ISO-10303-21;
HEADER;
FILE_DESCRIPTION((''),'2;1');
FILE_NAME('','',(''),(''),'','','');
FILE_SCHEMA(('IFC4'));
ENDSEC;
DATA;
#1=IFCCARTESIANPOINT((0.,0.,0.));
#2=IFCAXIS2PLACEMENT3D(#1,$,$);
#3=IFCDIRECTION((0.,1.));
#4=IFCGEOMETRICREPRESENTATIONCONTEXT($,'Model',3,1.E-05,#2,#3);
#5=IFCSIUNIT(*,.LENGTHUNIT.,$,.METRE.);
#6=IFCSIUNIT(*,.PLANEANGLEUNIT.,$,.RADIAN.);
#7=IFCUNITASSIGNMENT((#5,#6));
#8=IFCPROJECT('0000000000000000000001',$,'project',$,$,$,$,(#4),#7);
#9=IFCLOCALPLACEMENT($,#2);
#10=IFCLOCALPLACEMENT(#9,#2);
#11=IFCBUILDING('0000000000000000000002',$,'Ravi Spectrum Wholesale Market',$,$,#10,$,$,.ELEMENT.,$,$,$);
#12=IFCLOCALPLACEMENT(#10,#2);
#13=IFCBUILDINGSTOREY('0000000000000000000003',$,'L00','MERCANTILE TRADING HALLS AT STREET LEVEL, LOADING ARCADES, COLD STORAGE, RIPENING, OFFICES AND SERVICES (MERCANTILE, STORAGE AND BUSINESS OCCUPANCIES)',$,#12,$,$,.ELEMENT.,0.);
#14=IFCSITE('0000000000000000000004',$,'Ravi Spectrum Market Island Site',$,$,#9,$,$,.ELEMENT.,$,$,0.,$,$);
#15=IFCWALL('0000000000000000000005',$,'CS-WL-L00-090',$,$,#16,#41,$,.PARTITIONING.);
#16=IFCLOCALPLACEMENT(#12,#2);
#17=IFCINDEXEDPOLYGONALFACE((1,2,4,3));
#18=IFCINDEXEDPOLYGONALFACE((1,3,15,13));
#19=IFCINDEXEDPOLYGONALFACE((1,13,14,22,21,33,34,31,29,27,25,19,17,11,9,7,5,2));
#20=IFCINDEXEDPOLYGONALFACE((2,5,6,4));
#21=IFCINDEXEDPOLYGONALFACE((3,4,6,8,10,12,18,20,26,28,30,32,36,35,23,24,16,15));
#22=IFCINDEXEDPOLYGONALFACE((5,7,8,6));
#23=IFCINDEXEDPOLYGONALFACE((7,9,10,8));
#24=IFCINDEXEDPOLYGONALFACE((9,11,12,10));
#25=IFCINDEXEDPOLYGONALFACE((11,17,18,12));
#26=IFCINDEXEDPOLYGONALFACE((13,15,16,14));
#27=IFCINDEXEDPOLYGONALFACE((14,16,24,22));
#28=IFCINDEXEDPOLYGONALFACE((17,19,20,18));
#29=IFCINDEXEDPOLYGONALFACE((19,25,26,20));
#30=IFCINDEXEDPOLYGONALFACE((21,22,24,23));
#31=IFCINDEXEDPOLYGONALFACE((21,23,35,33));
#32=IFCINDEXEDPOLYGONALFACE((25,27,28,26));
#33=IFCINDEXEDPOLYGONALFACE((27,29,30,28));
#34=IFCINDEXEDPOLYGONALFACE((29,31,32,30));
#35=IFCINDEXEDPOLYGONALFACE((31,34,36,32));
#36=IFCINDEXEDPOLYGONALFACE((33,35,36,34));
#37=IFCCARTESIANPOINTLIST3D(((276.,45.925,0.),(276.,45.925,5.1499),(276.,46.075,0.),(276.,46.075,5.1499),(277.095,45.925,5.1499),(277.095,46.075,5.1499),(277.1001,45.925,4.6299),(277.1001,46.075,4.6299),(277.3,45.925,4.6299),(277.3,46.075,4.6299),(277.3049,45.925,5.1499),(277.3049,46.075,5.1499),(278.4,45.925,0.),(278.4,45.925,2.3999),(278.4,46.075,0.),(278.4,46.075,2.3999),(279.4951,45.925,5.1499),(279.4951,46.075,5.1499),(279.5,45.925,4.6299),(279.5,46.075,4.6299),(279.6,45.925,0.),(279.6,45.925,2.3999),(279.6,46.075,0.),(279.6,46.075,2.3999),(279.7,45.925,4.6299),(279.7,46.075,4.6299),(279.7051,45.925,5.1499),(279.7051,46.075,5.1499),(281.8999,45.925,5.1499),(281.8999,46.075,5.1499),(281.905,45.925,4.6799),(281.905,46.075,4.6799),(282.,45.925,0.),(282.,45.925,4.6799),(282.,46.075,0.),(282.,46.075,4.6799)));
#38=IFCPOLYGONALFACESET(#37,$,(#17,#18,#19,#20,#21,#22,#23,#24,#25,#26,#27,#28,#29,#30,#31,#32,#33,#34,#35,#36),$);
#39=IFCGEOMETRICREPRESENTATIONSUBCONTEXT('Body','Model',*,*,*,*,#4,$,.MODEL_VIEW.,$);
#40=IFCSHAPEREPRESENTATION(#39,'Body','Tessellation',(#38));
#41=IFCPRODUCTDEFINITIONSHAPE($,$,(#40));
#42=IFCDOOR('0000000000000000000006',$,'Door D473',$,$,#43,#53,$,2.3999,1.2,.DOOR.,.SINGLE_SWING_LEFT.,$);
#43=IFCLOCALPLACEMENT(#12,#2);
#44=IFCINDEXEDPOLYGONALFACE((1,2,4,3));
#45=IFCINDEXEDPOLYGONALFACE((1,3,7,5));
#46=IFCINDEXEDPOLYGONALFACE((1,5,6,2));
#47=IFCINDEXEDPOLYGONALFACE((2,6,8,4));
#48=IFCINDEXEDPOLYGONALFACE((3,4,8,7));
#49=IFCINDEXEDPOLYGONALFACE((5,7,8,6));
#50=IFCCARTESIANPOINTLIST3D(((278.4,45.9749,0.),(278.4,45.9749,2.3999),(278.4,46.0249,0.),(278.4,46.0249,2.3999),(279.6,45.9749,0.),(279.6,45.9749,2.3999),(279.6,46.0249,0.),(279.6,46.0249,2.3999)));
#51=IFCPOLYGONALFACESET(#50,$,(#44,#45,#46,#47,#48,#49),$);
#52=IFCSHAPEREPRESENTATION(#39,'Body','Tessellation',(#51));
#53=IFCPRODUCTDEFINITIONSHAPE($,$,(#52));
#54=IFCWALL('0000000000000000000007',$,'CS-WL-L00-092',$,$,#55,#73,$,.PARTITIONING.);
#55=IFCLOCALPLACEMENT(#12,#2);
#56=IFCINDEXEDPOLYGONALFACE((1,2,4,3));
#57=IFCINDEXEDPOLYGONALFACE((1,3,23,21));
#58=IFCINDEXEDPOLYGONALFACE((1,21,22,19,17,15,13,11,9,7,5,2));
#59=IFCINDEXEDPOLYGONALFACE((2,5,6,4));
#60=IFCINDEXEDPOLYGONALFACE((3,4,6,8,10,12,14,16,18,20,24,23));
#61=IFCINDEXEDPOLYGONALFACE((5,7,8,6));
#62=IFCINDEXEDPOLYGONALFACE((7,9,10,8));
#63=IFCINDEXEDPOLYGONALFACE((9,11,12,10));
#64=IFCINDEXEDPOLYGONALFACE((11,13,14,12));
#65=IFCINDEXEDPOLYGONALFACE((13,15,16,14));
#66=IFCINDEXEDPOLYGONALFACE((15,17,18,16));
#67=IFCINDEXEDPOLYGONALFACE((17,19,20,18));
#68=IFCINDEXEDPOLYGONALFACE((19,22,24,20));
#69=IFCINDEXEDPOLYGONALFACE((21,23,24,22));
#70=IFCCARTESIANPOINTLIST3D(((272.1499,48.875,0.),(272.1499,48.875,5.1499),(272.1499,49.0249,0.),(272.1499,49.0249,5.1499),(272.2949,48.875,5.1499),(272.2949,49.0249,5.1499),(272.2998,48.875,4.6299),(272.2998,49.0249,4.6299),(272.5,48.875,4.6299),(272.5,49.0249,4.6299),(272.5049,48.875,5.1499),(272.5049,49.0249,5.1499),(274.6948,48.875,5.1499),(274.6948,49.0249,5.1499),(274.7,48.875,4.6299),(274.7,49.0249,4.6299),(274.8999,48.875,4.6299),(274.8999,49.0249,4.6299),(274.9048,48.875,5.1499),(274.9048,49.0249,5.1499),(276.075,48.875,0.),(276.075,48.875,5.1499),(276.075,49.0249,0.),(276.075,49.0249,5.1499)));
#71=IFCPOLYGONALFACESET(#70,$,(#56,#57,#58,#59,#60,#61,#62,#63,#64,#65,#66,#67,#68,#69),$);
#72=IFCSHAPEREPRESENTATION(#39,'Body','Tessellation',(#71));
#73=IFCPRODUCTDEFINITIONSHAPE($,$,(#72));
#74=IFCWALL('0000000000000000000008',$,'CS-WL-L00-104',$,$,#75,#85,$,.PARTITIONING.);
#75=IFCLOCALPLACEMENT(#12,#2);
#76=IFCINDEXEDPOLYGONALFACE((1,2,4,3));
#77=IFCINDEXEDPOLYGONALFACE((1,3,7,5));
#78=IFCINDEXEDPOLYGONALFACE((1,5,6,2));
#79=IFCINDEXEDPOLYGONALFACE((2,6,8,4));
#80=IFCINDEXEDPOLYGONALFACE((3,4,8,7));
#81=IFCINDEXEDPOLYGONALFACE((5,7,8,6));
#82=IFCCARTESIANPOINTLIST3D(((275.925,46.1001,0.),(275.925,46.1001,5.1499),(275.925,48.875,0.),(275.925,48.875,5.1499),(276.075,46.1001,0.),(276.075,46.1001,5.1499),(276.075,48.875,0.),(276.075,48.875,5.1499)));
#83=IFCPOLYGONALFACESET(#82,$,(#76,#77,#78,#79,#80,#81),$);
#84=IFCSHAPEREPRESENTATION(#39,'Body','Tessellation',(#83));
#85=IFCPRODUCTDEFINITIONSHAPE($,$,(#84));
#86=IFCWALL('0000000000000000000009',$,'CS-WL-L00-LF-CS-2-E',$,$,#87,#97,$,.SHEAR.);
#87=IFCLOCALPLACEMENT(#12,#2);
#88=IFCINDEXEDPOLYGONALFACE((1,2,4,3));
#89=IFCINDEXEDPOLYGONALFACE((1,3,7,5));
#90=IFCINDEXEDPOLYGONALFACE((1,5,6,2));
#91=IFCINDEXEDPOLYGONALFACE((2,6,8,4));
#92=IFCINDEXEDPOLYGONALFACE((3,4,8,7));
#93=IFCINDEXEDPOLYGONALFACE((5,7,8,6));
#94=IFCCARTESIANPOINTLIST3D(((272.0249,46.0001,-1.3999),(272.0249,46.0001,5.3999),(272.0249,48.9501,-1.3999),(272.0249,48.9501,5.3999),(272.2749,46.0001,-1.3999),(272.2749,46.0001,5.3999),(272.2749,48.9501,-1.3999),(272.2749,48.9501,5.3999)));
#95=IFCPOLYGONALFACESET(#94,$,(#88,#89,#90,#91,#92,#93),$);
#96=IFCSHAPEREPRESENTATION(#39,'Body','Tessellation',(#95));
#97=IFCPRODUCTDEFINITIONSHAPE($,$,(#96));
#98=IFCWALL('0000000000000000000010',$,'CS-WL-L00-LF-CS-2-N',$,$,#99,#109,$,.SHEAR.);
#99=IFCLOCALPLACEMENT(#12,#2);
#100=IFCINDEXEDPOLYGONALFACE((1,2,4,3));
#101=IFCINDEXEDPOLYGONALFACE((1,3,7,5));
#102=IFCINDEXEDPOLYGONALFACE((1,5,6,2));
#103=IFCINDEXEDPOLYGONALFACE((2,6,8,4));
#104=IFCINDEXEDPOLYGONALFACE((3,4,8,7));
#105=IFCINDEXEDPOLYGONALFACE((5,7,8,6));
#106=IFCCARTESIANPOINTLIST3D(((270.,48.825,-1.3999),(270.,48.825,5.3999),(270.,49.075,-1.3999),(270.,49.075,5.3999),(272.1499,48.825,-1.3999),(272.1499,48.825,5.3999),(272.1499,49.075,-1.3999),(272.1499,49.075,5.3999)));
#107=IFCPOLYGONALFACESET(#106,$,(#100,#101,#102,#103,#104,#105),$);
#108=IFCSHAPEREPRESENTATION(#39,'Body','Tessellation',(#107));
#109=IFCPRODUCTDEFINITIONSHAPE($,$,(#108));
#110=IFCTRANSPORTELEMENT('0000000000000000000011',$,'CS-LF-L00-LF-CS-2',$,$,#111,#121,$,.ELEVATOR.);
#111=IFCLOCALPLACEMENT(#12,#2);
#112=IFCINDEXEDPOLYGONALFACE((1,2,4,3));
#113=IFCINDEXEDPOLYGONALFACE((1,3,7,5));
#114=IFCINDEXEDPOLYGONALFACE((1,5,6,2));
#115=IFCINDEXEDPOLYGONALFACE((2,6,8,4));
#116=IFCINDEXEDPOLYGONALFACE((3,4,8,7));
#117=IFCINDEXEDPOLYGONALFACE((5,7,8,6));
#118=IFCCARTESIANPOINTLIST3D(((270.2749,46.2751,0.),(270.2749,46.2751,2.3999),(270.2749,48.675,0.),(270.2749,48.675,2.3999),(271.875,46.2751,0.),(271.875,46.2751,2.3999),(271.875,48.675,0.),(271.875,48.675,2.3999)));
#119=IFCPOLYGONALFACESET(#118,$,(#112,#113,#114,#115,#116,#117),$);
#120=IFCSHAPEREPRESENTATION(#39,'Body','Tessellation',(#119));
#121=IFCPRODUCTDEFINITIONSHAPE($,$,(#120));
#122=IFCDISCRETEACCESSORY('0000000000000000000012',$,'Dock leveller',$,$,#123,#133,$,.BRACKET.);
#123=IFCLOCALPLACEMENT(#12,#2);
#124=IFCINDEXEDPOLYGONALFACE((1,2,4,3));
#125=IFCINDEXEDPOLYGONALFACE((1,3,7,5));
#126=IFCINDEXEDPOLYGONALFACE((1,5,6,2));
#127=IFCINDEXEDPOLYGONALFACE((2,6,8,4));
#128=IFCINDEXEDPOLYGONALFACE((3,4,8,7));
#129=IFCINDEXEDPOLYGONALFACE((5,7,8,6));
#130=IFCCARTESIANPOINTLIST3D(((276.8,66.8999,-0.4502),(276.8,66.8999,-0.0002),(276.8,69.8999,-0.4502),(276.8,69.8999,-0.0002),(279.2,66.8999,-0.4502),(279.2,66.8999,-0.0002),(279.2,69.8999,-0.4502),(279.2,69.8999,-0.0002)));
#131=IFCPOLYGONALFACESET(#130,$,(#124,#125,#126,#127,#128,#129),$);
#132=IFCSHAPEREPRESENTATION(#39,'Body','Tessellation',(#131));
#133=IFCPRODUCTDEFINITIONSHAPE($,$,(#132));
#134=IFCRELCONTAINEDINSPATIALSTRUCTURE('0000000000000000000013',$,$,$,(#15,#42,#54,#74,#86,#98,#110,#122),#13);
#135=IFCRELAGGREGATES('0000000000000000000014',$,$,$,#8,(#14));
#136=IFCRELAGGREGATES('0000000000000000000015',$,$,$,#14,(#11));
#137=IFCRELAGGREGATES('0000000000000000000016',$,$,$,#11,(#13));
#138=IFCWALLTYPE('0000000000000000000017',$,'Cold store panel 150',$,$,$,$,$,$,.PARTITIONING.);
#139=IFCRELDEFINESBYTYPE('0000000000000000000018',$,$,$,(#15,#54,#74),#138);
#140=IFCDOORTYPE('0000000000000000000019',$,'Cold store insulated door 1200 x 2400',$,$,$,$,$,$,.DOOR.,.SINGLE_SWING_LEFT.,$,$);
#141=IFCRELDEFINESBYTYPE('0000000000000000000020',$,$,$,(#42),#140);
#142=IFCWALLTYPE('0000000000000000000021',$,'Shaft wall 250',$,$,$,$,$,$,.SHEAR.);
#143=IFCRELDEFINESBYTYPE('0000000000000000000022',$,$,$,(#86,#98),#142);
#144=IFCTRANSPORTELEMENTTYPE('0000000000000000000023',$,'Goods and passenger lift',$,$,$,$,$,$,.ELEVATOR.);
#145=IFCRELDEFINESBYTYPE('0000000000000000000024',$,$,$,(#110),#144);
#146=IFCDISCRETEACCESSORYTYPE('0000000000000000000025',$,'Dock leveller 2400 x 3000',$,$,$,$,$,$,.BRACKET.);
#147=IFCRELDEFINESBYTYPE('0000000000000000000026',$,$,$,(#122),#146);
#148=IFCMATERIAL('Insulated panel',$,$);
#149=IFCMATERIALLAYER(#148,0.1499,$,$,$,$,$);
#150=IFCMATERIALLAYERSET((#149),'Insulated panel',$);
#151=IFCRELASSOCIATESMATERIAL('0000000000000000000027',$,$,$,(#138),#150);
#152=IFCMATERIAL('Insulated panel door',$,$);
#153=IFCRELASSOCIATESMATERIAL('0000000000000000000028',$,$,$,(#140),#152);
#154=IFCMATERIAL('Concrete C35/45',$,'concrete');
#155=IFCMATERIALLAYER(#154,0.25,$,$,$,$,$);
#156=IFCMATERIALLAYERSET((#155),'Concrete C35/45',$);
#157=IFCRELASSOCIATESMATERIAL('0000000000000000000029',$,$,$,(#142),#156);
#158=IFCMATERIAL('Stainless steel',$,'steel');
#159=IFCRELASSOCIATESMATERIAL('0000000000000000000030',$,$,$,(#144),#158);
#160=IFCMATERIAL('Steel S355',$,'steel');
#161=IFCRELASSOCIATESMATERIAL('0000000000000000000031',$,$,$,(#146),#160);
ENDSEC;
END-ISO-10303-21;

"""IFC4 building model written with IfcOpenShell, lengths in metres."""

from ifc_helpers import new_model, si_unit, direction, frame, frame_2d, origin, origin_2d, place, context, subcontext, project, spatial, polyline, rectangle, outline, extrude, material, layer, layer_set, type_object, element, fill, save


model = new_model("IFC4")

# Units and contexts
model_context = context("Model", 3, precision=1e-05, world=origin(), true_north=direction((0.0, 1.0)))
body_context = subcontext(model_context, "Body", "Model", "MODEL_VIEW")
ifc_project = project(units=[si_unit("LENGTHUNIT", "METRE"), si_unit("PLANEANGLEUNIT", "RADIAN")], contexts=[model_context])

# Site, building, storey
site_placement = place(None, origin())
site = spatial("IfcSite", under=ifc_project, at=site_placement, Name="Ravi Spectrum Market Island Site", CompositionType="ELEMENT", RefElevation=0.0)
building_placement = place(site_placement, origin())
building = spatial("IfcBuilding", under=site, at=building_placement, Name="Ravi Spectrum Wholesale Market", CompositionType="ELEMENT")
storey_placement = place(building_placement, origin())
storey = spatial("IfcBuildingStorey", under=building, at=storey_placement, Name="L00", Description="MERCANTILE TRADING HALLS AT STREET LEVEL, LOADING ARCADES, COLD STORAGE, RIPENING, OFFICES AND SERVICES (MERCANTILE, STORAGE AND BUSINESS OCCUPANCIES)", CompositionType="ELEMENT", Elevation=0.0)

# Wall, opening, door
ifc_material_1 = material(Name="Insulated panel")
ifc_layer_1 = layer(ifc_material_1, 0.1499)
ifc_layer_set_1 = layer_set([ifc_layer_1], Name="Insulated panel")
wall_type_1 = type_object("IfcWallType", Name="Cold store panel 150", PredefinedType="PARTITIONING", material=ifc_layer_set_1)
wall_1_placement = place(storey_placement, frame((276.0, 46.0, 0.0), z_axis=(0.0, 0.0, 1.0), x_axis=(1.0, 0.0, 0.0)))
wall_1 = element("IfcWall", 1, at=wall_1_placement, inside=storey, type_object=wall_type_1, Name="CS-WL-L00-090", PredefinedType="PARTITIONING", context=body_context, shape_type="SweptSolid", body=[
    extrude(outline(polyline([(0.0, 0.0), (6.0, 0.0), (6.0, 4.6799), (5.905, 4.6799), (5.8999, 5.1499), (3.7051, 5.1499), (3.7, 4.6299), (3.5, 4.6299), (3.4951, 5.1499), (1.3049, 5.1499), (1.3, 4.6299), (1.1001, 4.6299), (1.095, 5.1499), (0.0, 5.1499), (0.0, 0.0)])), frame((0.0, 0.075, 0.0), z_axis=(0.0, -1.0, 0.0), x_axis=(1.0, 0.0, 0.0)), (0.0, 0.0, 1.0), 0.1499),
])
opening_1_placement = place(wall_1_placement, frame((2.3999, 0.0, 0.0)))
opening_1 = element("IfcOpeningElement", 2, at=opening_1_placement, cuts=wall_1, PredefinedType="OPENING", context=body_context, shape_type="SweptSolid", body=[
    extrude(rectangle(XDim=1.2, YDim=2.3999, at=frame_2d((0.6001, 1.2))), frame((0.0, 0.085, 0.0), z_axis=(0.0, -1.0, 0.0), x_axis=(1.0, 0.0, 0.0)), (0.0, 0.0, 1.0), 0.1699),
])
ifc_material_2 = material(Name="Insulated panel door")
door_type_1 = type_object("IfcDoorType", Name="Cold store insulated door 1200 x 2400", OperationType="SINGLE_SWING_LEFT", PredefinedType="DOOR", material=ifc_material_2)
door_1_placement = place(opening_1_placement, origin())
door_1 = element("IfcDoor", 3, at=door_1_placement, inside=storey, type_object=door_type_1, Name="Door D473", OperationType="SINGLE_SWING_LEFT", OverallHeight=2.3999, OverallWidth=1.2, PredefinedType="DOOR", context=body_context, shape_type="SweptSolid", body=[
    extrude(rectangle(XDim=1.2, YDim=2.3999, at=frame_2d((0.6001, 1.2))), frame((0.0, 0.0249, 0.0), z_axis=(0.0, -1.0, 0.0), x_axis=(1.0, 0.0, 0.0)), (0.0, 0.0, 1.0), 0.05),
])
fill(opening_1, door_1)

# Walls
wall_2_placement = place(storey_placement, frame((272.1499, 48.95, 0.0), z_axis=(0.0, 0.0, 1.0), x_axis=(1.0, 0.0, 0.0)))
element("IfcWall", 4, at=wall_2_placement, inside=storey, type_object=wall_type_1, Name="CS-WL-L00-092", PredefinedType="PARTITIONING", context=body_context, shape_type="SweptSolid", body=[
    extrude(outline(polyline([(0.0, 0.0), (3.925, 0.0), (3.925, 5.1499), (2.7549, 5.1499), (2.75, 4.6299), (2.55, 4.6299), (2.5449, 5.1499), (0.355, 5.1499), (0.3501, 4.6299), (0.1499, 4.6299), (0.145, 5.1499), (0.0, 5.1499), (0.0, 0.0)])), frame((0.0, 0.075, 0.0), z_axis=(0.0, -1.0, 0.0), x_axis=(1.0, 0.0, 0.0)), (0.0, 0.0, 1.0), 0.1499),
])
wall_3_placement = place(storey_placement, frame((276.0, 46.1001, 0.0), z_axis=(0.0, 0.0, 1.0), x_axis=(0.0, 1.0, 0.0)))
element("IfcWall", 5, at=wall_3_placement, inside=storey, type_object=wall_type_1, Name="CS-WL-L00-104", PredefinedType="PARTITIONING", context=body_context, shape_type="SweptSolid", body=[
    extrude(rectangle(XDim=2.7749, YDim=0.1499, at=frame_2d((1.3875, 0.0))), origin(), (0.0, 0.0, 1.0), 5.1499),
])
ifc_material_3 = material(Name="Concrete C35/45", Category="concrete")
ifc_layer_2 = layer(ifc_material_3, 0.25)
ifc_layer_set_2 = layer_set([ifc_layer_2], Name="Concrete C35/45")
wall_type_2 = type_object("IfcWallType", Name="Shaft wall 250", PredefinedType="SHEAR", material=ifc_layer_set_2)
wall_4_placement = place(storey_placement, frame((272.1499, 46.0, -1.3999), z_axis=(0.0, 0.0, 1.0), x_axis=(0.0, 1.0, 0.0)))
element("IfcWall", 6, at=wall_4_placement, inside=storey, type_object=wall_type_2, Name="CS-WL-L00-LF-CS-2-E", PredefinedType="SHEAR", context=body_context, shape_type="SweptSolid", body=[
    extrude(rectangle(XDim=2.95, YDim=0.25, at=frame_2d((1.4751, 0.0))), origin(), (0.0, 0.0, 1.0), 6.7998),
])
wall_5_placement = place(storey_placement, frame((272.1499, 48.95, -1.3999), z_axis=(0.0, 0.0, 1.0), x_axis=(-1.0, 0.0, 0.0)))
element("IfcWall", 7, at=wall_5_placement, inside=storey, type_object=wall_type_2, Name="CS-WL-L00-LF-CS-2-N", PredefinedType="SHEAR", context=body_context, shape_type="SweptSolid", body=[
    extrude(rectangle(XDim=2.1499, YDim=0.25, at=frame_2d((1.075, 0.0))), origin(), (0.0, 0.0, 1.0), 6.7998),
])

# Transport element
ifc_material_4 = material(Name="Stainless steel", Category="steel")
transport_element_type = type_object("IfcTransportElementType", Name="Goods and passenger lift", PredefinedType="ELEVATOR", material=ifc_material_4)
transport_element_placement = place(storey_placement, frame((271.075, 47.4751, 0.0), z_axis=(0.0, 0.0, 1.0), x_axis=(1.0, 0.0, 0.0)))
element("IfcTransportElement", 8, at=transport_element_placement, inside=storey, type_object=transport_element_type, Name="CS-LF-L00-LF-CS-2", PredefinedType="ELEVATOR", context=body_context, shape_type="SweptSolid", body=[
    extrude(rectangle(XDim=1.6001, YDim=2.3999, at=origin_2d()), origin(), (0.0, 0.0, 1.0), 2.3999),
])

# Discrete accessory
ifc_material_5 = material(Name="Steel S355", Category="steel")
discrete_accessory_type = type_object("IfcDiscreteAccessoryType", Name="Dock leveller 2400 x 3000", PredefinedType="BRACKET", material=ifc_material_5)
discrete_accessory_placement = place(storey_placement, frame((278.0, 68.3999, -0.4502), z_axis=(0.0, 0.0, 1.0), x_axis=(1.0, 0.0, 0.0)))
element("IfcDiscreteAccessory", 9, at=discrete_accessory_placement, inside=storey, type_object=discrete_accessory_type, Name="Dock leveller", PredefinedType="BRACKET", context=body_context, shape_type="SweptSolid", body=[
    extrude(rectangle(XDim=2.3999, YDim=3.0, at=origin_2d()), origin(), (0.0, 0.0, 1.0), 0.45),
])

save(model, "model.ifc")
